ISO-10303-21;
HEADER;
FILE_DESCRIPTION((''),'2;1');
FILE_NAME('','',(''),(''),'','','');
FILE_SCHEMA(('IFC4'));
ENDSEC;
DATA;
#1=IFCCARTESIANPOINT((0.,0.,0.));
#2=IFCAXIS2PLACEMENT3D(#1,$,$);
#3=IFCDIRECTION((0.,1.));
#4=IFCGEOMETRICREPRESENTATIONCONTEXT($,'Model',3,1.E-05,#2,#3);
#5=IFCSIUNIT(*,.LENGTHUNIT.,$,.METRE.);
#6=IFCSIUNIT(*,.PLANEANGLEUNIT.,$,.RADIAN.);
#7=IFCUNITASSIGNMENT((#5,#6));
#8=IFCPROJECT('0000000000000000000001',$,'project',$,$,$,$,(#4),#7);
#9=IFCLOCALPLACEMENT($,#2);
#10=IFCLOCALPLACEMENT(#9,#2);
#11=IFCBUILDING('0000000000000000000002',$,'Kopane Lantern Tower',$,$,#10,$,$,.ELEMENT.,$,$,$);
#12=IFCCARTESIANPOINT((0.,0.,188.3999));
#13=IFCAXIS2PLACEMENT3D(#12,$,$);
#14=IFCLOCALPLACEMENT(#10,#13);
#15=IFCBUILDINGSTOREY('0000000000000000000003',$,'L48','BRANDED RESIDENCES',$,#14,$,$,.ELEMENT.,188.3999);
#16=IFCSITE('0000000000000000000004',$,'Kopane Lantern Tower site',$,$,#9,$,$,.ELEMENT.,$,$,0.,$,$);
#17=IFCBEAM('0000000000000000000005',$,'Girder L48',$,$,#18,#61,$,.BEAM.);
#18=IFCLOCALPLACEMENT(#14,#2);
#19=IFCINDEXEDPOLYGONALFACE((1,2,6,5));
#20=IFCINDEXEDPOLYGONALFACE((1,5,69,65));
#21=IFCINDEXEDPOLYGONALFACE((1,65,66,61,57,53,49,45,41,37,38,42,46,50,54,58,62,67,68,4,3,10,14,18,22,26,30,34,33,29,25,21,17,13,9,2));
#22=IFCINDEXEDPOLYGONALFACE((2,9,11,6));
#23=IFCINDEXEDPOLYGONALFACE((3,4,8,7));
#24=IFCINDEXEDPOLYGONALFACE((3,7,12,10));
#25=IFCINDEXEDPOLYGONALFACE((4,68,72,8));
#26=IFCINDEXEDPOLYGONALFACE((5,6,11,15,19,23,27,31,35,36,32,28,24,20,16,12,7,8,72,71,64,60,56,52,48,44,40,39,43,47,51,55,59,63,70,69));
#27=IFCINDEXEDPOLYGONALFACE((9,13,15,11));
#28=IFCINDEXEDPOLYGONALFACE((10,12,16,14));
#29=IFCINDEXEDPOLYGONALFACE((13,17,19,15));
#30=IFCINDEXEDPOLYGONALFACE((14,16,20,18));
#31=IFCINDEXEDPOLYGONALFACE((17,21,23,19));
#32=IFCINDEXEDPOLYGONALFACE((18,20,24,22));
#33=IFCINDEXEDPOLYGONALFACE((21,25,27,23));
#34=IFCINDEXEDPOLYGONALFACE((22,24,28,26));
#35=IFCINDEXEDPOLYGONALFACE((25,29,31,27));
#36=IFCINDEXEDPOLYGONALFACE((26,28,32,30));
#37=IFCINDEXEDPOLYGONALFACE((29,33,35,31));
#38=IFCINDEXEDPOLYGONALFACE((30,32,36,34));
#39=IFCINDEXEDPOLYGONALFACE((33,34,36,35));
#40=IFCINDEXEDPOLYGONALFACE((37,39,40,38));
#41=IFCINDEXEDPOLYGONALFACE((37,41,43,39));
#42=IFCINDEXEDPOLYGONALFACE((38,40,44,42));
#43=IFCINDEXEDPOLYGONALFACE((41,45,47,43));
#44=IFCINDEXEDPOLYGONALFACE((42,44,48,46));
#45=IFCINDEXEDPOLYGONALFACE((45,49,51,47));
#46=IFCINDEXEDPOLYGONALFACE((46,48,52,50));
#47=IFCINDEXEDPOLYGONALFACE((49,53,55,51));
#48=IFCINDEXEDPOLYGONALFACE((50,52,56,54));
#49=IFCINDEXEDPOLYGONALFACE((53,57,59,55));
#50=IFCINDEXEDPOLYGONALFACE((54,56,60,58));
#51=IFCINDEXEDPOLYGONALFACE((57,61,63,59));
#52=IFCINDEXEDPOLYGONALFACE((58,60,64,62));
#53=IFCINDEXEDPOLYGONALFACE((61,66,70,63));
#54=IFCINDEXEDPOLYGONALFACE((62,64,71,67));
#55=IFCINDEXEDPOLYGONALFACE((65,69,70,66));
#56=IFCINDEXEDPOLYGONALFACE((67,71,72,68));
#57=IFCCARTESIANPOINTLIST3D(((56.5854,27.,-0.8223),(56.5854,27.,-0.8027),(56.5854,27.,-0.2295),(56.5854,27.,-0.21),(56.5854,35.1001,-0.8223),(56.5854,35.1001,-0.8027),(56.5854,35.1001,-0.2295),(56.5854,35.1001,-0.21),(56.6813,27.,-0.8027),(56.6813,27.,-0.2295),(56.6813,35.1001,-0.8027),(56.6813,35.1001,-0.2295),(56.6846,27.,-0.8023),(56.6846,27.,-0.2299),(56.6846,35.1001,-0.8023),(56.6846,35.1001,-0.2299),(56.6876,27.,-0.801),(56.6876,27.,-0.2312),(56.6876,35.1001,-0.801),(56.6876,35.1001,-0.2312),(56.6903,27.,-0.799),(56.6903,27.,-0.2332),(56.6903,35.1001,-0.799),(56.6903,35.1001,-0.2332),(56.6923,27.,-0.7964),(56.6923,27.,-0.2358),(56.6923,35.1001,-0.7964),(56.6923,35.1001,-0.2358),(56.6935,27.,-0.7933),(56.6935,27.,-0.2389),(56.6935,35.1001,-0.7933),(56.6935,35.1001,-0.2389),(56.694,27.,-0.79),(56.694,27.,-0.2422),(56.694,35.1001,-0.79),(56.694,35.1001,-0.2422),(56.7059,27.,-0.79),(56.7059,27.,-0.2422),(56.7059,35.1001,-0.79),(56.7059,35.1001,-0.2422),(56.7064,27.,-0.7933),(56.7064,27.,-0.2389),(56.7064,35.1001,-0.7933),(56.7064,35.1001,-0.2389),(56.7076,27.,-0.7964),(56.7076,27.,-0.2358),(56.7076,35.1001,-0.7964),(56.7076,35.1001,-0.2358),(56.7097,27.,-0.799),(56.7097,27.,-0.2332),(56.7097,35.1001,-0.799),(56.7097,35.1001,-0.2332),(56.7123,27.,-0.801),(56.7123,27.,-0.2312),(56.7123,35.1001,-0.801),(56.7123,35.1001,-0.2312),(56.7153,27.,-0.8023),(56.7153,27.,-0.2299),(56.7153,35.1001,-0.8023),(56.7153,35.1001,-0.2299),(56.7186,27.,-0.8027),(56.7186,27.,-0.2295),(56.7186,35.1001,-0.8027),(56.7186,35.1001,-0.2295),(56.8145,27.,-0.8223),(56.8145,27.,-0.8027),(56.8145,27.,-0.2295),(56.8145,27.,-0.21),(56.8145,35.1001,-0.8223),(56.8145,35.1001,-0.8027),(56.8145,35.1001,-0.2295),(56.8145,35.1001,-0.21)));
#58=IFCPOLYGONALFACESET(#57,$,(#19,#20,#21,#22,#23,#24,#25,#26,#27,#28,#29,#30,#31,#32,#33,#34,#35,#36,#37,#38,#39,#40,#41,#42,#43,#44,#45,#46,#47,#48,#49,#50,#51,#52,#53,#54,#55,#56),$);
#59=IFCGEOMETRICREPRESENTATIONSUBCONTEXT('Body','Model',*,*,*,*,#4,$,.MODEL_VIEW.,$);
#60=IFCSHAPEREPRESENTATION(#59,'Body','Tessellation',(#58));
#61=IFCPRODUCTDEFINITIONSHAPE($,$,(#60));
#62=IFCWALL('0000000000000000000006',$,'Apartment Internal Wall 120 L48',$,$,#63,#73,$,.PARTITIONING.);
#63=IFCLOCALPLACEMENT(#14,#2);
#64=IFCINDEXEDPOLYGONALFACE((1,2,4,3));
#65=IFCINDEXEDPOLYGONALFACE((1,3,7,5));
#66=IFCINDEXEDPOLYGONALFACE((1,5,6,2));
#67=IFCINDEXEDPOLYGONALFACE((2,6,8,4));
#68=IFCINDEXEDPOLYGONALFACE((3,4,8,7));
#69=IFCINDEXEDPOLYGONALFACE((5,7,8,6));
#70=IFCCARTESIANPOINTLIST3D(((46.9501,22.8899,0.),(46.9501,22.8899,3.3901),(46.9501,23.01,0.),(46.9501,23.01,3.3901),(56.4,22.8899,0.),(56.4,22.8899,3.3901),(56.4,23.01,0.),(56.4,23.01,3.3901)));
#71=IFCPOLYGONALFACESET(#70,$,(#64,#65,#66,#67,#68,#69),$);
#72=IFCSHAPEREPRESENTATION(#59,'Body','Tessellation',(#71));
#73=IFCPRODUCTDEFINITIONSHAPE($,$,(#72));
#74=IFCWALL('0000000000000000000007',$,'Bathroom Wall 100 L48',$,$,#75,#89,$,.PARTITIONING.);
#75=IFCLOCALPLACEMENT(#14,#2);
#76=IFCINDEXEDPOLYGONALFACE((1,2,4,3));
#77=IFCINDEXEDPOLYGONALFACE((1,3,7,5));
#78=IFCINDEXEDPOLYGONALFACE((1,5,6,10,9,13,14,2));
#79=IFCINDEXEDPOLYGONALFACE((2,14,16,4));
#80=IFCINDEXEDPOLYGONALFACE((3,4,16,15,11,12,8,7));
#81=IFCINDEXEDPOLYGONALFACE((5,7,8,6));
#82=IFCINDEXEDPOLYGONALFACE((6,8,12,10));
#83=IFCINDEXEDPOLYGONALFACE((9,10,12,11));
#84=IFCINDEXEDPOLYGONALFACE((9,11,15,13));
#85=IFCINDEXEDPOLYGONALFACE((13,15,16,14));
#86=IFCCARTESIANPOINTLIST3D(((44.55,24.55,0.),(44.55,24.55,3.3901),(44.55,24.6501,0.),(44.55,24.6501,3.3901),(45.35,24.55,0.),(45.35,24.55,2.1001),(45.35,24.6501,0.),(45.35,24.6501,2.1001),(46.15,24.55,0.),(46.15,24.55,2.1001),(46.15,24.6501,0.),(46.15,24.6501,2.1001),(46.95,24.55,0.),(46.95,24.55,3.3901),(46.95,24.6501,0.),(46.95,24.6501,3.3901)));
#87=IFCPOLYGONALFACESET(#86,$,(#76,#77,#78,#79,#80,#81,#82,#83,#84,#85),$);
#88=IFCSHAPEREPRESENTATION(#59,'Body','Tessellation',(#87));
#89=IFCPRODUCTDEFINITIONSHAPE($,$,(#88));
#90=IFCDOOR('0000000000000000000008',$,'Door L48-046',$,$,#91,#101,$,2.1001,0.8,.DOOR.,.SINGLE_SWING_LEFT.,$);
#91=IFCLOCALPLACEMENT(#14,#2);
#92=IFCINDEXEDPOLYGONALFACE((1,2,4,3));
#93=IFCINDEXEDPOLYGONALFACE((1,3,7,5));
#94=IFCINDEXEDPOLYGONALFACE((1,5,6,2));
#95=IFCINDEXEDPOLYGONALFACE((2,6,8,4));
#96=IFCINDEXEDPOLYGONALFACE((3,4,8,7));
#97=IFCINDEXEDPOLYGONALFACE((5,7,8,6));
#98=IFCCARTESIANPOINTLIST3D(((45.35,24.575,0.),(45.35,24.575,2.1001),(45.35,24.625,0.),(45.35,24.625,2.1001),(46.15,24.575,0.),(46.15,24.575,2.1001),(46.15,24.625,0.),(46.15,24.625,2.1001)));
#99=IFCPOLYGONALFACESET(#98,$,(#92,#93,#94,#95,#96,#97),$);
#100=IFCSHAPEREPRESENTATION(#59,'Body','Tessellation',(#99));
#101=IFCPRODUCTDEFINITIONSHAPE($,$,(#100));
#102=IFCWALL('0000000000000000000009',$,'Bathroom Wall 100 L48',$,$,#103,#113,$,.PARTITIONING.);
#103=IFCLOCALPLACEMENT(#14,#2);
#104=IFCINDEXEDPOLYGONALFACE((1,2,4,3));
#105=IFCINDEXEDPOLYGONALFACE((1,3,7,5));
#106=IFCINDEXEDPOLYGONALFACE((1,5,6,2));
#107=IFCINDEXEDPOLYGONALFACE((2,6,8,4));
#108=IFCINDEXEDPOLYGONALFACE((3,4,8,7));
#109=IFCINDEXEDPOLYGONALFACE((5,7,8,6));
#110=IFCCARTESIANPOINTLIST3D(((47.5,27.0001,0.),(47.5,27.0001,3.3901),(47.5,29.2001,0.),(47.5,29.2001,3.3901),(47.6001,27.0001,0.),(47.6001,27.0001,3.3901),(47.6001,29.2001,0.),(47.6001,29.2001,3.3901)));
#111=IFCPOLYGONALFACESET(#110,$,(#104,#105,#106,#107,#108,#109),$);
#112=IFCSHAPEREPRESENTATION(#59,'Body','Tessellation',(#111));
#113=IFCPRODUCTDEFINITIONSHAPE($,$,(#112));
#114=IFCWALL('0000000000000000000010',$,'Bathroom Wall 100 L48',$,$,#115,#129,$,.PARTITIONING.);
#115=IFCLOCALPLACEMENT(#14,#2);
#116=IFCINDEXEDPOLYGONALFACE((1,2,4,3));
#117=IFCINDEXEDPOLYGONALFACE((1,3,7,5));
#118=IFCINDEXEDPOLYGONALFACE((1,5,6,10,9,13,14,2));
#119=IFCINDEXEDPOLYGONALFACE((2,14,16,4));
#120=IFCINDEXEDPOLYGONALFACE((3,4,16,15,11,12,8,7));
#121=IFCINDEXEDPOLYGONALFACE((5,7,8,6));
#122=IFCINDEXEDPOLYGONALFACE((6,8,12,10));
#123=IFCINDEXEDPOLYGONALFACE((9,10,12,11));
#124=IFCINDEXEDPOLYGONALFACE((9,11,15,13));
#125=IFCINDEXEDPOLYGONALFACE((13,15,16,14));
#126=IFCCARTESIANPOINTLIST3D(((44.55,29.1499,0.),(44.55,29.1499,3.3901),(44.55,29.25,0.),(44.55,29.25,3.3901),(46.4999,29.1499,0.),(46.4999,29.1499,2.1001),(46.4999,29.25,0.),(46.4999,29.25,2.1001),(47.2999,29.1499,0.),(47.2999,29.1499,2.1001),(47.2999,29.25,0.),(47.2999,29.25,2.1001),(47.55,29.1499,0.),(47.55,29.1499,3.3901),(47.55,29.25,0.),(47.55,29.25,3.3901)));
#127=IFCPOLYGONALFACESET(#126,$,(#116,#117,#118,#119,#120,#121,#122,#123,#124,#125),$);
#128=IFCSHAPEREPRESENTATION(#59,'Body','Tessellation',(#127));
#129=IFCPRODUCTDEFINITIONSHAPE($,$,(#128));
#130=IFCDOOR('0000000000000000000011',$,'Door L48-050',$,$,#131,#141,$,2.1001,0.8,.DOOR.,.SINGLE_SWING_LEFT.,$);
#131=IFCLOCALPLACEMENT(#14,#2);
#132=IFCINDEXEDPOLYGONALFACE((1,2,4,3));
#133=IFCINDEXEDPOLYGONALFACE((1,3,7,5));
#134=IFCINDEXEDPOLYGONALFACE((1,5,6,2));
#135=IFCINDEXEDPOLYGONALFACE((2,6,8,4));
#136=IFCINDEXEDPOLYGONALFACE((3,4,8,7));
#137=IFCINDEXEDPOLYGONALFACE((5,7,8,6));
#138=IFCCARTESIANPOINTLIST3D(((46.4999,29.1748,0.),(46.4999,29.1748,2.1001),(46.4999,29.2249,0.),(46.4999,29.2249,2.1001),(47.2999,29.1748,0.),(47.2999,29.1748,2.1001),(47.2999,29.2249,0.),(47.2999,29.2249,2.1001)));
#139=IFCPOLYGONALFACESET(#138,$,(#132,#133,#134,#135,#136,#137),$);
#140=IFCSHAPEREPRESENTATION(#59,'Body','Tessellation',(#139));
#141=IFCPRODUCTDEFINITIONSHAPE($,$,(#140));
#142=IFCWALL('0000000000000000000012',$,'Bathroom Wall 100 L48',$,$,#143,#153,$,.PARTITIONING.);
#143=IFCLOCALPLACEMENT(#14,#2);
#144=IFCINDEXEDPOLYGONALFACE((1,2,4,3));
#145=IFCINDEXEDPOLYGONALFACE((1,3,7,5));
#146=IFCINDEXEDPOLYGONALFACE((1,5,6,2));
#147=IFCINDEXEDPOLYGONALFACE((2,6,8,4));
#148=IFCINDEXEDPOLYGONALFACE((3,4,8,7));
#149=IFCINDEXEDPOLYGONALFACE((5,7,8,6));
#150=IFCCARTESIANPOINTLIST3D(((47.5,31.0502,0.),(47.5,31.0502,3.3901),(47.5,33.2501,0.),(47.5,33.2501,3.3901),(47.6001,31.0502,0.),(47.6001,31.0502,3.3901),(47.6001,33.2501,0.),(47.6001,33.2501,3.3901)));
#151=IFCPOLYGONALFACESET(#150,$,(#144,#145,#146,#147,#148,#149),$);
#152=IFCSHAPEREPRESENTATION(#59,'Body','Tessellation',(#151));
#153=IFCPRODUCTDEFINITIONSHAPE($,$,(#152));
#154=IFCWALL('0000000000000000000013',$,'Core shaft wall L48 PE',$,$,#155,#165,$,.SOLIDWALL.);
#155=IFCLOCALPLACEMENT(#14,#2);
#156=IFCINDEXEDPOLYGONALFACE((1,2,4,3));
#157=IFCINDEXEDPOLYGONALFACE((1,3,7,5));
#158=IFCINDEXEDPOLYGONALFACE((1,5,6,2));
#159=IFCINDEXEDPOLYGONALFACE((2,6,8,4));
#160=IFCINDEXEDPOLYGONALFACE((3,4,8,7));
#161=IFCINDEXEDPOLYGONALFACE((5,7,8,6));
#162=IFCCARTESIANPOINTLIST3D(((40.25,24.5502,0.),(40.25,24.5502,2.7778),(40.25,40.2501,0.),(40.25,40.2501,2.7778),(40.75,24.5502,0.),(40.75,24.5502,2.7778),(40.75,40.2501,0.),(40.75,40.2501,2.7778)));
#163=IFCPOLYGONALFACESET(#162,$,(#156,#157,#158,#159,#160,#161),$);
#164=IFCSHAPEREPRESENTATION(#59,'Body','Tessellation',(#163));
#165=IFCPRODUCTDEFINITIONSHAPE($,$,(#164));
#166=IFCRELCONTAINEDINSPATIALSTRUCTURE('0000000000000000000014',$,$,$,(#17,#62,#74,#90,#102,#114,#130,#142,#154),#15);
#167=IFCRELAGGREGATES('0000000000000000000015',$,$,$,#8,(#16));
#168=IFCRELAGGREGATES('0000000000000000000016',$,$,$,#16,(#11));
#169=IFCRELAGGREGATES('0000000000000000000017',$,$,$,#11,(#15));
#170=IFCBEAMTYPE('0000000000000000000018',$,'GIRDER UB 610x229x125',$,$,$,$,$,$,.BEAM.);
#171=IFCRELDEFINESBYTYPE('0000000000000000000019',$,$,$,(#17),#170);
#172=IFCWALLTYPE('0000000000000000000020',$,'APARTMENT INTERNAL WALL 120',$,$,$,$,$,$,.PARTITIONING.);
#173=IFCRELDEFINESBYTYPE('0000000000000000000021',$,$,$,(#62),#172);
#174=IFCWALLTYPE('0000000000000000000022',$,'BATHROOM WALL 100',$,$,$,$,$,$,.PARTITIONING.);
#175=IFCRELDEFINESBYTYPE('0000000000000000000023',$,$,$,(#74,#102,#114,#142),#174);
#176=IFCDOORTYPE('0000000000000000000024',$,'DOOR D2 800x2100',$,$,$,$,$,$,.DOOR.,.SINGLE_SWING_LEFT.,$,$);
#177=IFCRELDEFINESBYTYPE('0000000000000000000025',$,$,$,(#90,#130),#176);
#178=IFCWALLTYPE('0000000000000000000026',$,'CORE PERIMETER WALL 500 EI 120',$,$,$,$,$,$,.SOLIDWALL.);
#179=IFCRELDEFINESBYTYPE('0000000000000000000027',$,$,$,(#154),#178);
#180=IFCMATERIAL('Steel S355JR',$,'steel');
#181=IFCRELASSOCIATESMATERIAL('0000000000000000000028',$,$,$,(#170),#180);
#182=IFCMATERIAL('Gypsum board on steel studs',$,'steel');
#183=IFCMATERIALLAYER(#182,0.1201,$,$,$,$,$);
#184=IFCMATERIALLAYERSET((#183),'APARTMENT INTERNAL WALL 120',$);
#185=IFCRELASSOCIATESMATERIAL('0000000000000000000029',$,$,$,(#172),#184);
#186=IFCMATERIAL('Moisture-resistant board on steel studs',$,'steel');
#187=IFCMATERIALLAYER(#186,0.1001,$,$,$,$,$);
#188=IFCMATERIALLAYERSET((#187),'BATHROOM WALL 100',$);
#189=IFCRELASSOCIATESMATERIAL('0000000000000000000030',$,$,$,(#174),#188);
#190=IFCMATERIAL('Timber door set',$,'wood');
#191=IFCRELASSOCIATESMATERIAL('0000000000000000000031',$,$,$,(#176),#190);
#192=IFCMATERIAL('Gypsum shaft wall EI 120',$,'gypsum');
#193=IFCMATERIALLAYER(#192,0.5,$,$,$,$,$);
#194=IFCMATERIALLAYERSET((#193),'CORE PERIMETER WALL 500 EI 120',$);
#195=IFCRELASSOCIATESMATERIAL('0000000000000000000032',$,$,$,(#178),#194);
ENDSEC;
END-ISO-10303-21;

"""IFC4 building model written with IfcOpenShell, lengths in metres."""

from ifc_helpers import new_model, si_unit, direction, frame, frame_2d, origin, origin_2d, place, context, subcontext, project, spatial, rectangle, i_section, extrude, material, layer, layer_set, material_profile, profile_set, type_object, element, fill, save


model = new_model("IFC4")

# Units and contexts
model_context = context("Model", 3, precision=1e-05, world=origin(), true_north=direction((0.0, 1.0)))
body_context = subcontext(model_context, "Body", "Model", "MODEL_VIEW")
ifc_project = project(units=[si_unit("LENGTHUNIT", "METRE"), si_unit("PLANEANGLEUNIT", "RADIAN")], contexts=[model_context])

# Site, building, storey
site_placement = place(None, origin())
site = spatial("IfcSite", under=ifc_project, at=site_placement, Name="Kopane Lantern Tower site", CompositionType="ELEMENT", RefElevation=0.0)
building_placement = place(site_placement, origin())
building = spatial("IfcBuilding", under=site, at=building_placement, Name="Kopane Lantern Tower", CompositionType="ELEMENT")
storey_placement = place(building_placement, frame((0.0, 0.0, 188.3999)))
storey = spatial("IfcBuildingStorey", under=building, at=storey_placement, Name="L48", Description="BRANDED RESIDENCES", CompositionType="ELEMENT", Elevation=188.3999)

# Beam
ifc_material_1 = material(Name="Steel S355JR", Category="steel")
ifc_material_profile_1 = material_profile(ifc_material_1, i_section(OverallWidth=0.229, OverallDepth=0.6123, WebThickness=0.012, FlangeThickness=0.0195, FilletRadius=0.0127, at=origin_2d()), Name="UB 610x229x125")
ifc_profile_set_1 = profile_set([ifc_material_profile_1], Name="Steel S355JR")
beam_type = type_object("IfcBeamType", Name="GIRDER UB 610x229x125", PredefinedType="BEAM", material=ifc_profile_set_1)
beam_1_placement = place(storey_placement, frame((56.7, 27.0, -0.5161), z_axis=(0.0, 1.0, 0.0), x_axis=(-1.0, 0.0, 0.0)))
element("IfcBeam", 1, at=beam_1_placement, inside=storey, type_object=beam_type, Name="Girder L48", PredefinedType="BEAM", context=body_context, shape_type="SweptSolid", body=[
    extrude(i_section(OverallWidth=0.229, OverallDepth=0.6123, WebThickness=0.012, FlangeThickness=0.0195, FilletRadius=0.0127, at=origin_2d()), origin(), (0.0, 0.0, 1.0), 8.1001),
])

# Wall
ifc_material_2 = material(Name="Gypsum board on steel studs", Category="steel")
ifc_layer_1 = layer(ifc_material_2, 0.1201)
ifc_layer_set_1 = layer_set([ifc_layer_1], Name="APARTMENT INTERNAL WALL 120")
wall_type_1 = type_object("IfcWallType", Name="APARTMENT INTERNAL WALL 120", PredefinedType="PARTITIONING", material=ifc_layer_set_1)
wall_1_placement = place(storey_placement, frame((46.95, 22.95, 0.0), z_axis=(0.0, 0.0, 1.0), x_axis=(1.0, 0.0, 0.0)))
element("IfcWall", 2, at=wall_1_placement, inside=storey, type_object=wall_type_1, Name="Apartment Internal Wall 120 L48", PredefinedType="PARTITIONING", context=body_context, shape_type="SweptSolid", body=[
    extrude(rectangle(XDim=9.45, YDim=0.1201, at=frame_2d((4.7251, 0.0))), origin(), (0.0, 0.0, 1.0), 3.3901),
])

# Wall, opening, door
ifc_material_3 = material(Name="Moisture-resistant board on steel studs", Category="steel")
ifc_layer_2 = layer(ifc_material_3, 0.1001)
ifc_layer_set_2 = layer_set([ifc_layer_2], Name="BATHROOM WALL 100")
wall_type_2 = type_object("IfcWallType", Name="BATHROOM WALL 100", PredefinedType="PARTITIONING", material=ifc_layer_set_2)
wall_2_placement = place(storey_placement, frame((44.55, 24.6001, 0.0), z_axis=(0.0, 0.0, 1.0), x_axis=(1.0, 0.0, 0.0)))
wall_2 = element("IfcWall", 3, at=wall_2_placement, inside=storey, type_object=wall_type_2, Name="Bathroom Wall 100 L48", PredefinedType="PARTITIONING", context=body_context, shape_type="SweptSolid", body=[
    extrude(rectangle(XDim=2.3999, YDim=0.1001, at=frame_2d((1.2, 0.0))), origin(), (0.0, 0.0, 1.0), 3.3901),
])
opening_1_placement = place(wall_2_placement, frame((0.8, 0.0, 0.0)))
opening_1 = element("IfcOpeningElement", 4, at=opening_1_placement, cuts=wall_2, PredefinedType="OPENING", context=body_context, shape_type="SweptSolid", body=[
    extrude(rectangle(XDim=0.8, YDim=2.1001, at=frame_2d((0.3999, 1.05))), frame((0.0, 0.0601, 0.0), z_axis=(0.0, -1.0, 0.0), x_axis=(1.0, 0.0, 0.0)), (0.0, 0.0, 1.0), 0.1201),
])
ifc_material_4 = material(Name="Timber door set", Category="wood")
door_type_1 = type_object("IfcDoorType", Name="DOOR D2 800x2100", OperationType="SINGLE_SWING_LEFT", PredefinedType="DOOR", material=ifc_material_4)
door_1_placement = place(opening_1_placement, origin())
door_1 = element("IfcDoor", 5, at=door_1_placement, inside=storey, type_object=door_type_1, Name="Door L48-046", OperationType="SINGLE_SWING_LEFT", OverallHeight=2.1001, OverallWidth=0.8, PredefinedType="DOOR", context=body_context, shape_type="SweptSolid", body=[
    extrude(rectangle(XDim=0.8, YDim=2.1001, at=frame_2d((0.3999, 1.05))), frame((0.0, 0.0249, 0.0), z_axis=(0.0, -1.0, 0.0), x_axis=(1.0, 0.0, 0.0)), (0.0, 0.0, 1.0), 0.05),
])
fill(opening_1, door_1)

# Wall
wall_3_placement = place(storey_placement, frame((47.55, 27.0, 0.0), z_axis=(0.0, 0.0, 1.0), x_axis=(0.0, 1.0, 0.0)))
element("IfcWall", 6, at=wall_3_placement, inside=storey, type_object=wall_type_2, Name="Bathroom Wall 100 L48", PredefinedType="PARTITIONING", context=body_context, shape_type="SweptSolid", body=[
    extrude(rectangle(XDim=2.2, YDim=0.1001, at=frame_2d((1.1001, 0.0))), origin(), (0.0, 0.0, 1.0), 3.3901),
])

# Wall, opening, door
wall_4_placement = place(storey_placement, frame((44.55, 29.2, 0.0), z_axis=(0.0, 0.0, 1.0), x_axis=(1.0, 0.0, 0.0)))
wall_4 = element("IfcWall", 7, at=wall_4_placement, inside=storey, type_object=wall_type_2, Name="Bathroom Wall 100 L48", PredefinedType="PARTITIONING", context=body_context, shape_type="SweptSolid", body=[
    extrude(rectangle(XDim=3.0, YDim=0.1001, at=frame_2d((1.5, 0.0))), origin(), (0.0, 0.0, 1.0), 3.3901),
])
opening_2_placement = place(wall_4_placement, frame((1.95, 0.0, 0.0)))
opening_2 = element("IfcOpeningElement", 8, at=opening_2_placement, cuts=wall_4, PredefinedType="OPENING", context=body_context, shape_type="SweptSolid", body=[
    extrude(rectangle(XDim=0.8, YDim=2.1001, at=frame_2d((0.3999, 1.05))), frame((0.0, 0.0601, 0.0), z_axis=(0.0, -1.0, 0.0), x_axis=(1.0, 0.0, 0.0)), (0.0, 0.0, 1.0), 0.1201),
])
door_2_placement = place(opening_2_placement, origin())
door_2 = element("IfcDoor", 9, at=door_2_placement, inside=storey, type_object=door_type_1, Name="Door L48-050", OperationType="SINGLE_SWING_LEFT", OverallHeight=2.1001, OverallWidth=0.8, PredefinedType="DOOR", context=body_context, shape_type="SweptSolid", body=[
    extrude(rectangle(XDim=0.8, YDim=2.1001, at=frame_2d((0.3999, 1.05))), frame((0.0, 0.0249, 0.0), z_axis=(0.0, -1.0, 0.0), x_axis=(1.0, 0.0, 0.0)), (0.0, 0.0, 1.0), 0.05),
])
fill(opening_2, door_2)

# Walls
wall_5_placement = place(storey_placement, frame((47.55, 31.05, 0.0), z_axis=(0.0, 0.0, 1.0), x_axis=(0.0, 1.0, 0.0)))
element("IfcWall", 10, at=wall_5_placement, inside=storey, type_object=wall_type_2, Name="Bathroom Wall 100 L48", PredefinedType="PARTITIONING", context=body_context, shape_type="SweptSolid", body=[
    extrude(rectangle(XDim=2.2, YDim=0.1001, at=frame_2d((1.1001, 0.0))), origin(), (0.0, 0.0, 1.0), 3.3901),
])
ifc_material_5 = material(Name="Gypsum shaft wall EI 120", Category="gypsum")
ifc_layer_3 = layer(ifc_material_5, 0.5)
ifc_layer_set_3 = layer_set([ifc_layer_3], Name="CORE PERIMETER WALL 500 EI 120")
wall_type_3 = type_object("IfcWallType", Name="CORE PERIMETER WALL 500 EI 120", PredefinedType="SOLIDWALL", material=ifc_layer_set_3)
wall_6_placement = place(storey_placement, frame((40.5, 24.55, 0.0), z_axis=(0.0, 0.0, 1.0), x_axis=(0.0, 1.0, 0.0)))
element("IfcWall", 11, at=wall_6_placement, inside=storey, type_object=wall_type_3, Name="Core shaft wall L48 PE", PredefinedType="SOLIDWALL", context=body_context, shape_type="SweptSolid", body=[
    extrude(rectangle(XDim=15.7, YDim=0.5, at=frame_2d((7.8501, 0.0))), origin(), (0.0, 0.0, 1.0), 2.7778),
])

save(model, "model.ifc")
